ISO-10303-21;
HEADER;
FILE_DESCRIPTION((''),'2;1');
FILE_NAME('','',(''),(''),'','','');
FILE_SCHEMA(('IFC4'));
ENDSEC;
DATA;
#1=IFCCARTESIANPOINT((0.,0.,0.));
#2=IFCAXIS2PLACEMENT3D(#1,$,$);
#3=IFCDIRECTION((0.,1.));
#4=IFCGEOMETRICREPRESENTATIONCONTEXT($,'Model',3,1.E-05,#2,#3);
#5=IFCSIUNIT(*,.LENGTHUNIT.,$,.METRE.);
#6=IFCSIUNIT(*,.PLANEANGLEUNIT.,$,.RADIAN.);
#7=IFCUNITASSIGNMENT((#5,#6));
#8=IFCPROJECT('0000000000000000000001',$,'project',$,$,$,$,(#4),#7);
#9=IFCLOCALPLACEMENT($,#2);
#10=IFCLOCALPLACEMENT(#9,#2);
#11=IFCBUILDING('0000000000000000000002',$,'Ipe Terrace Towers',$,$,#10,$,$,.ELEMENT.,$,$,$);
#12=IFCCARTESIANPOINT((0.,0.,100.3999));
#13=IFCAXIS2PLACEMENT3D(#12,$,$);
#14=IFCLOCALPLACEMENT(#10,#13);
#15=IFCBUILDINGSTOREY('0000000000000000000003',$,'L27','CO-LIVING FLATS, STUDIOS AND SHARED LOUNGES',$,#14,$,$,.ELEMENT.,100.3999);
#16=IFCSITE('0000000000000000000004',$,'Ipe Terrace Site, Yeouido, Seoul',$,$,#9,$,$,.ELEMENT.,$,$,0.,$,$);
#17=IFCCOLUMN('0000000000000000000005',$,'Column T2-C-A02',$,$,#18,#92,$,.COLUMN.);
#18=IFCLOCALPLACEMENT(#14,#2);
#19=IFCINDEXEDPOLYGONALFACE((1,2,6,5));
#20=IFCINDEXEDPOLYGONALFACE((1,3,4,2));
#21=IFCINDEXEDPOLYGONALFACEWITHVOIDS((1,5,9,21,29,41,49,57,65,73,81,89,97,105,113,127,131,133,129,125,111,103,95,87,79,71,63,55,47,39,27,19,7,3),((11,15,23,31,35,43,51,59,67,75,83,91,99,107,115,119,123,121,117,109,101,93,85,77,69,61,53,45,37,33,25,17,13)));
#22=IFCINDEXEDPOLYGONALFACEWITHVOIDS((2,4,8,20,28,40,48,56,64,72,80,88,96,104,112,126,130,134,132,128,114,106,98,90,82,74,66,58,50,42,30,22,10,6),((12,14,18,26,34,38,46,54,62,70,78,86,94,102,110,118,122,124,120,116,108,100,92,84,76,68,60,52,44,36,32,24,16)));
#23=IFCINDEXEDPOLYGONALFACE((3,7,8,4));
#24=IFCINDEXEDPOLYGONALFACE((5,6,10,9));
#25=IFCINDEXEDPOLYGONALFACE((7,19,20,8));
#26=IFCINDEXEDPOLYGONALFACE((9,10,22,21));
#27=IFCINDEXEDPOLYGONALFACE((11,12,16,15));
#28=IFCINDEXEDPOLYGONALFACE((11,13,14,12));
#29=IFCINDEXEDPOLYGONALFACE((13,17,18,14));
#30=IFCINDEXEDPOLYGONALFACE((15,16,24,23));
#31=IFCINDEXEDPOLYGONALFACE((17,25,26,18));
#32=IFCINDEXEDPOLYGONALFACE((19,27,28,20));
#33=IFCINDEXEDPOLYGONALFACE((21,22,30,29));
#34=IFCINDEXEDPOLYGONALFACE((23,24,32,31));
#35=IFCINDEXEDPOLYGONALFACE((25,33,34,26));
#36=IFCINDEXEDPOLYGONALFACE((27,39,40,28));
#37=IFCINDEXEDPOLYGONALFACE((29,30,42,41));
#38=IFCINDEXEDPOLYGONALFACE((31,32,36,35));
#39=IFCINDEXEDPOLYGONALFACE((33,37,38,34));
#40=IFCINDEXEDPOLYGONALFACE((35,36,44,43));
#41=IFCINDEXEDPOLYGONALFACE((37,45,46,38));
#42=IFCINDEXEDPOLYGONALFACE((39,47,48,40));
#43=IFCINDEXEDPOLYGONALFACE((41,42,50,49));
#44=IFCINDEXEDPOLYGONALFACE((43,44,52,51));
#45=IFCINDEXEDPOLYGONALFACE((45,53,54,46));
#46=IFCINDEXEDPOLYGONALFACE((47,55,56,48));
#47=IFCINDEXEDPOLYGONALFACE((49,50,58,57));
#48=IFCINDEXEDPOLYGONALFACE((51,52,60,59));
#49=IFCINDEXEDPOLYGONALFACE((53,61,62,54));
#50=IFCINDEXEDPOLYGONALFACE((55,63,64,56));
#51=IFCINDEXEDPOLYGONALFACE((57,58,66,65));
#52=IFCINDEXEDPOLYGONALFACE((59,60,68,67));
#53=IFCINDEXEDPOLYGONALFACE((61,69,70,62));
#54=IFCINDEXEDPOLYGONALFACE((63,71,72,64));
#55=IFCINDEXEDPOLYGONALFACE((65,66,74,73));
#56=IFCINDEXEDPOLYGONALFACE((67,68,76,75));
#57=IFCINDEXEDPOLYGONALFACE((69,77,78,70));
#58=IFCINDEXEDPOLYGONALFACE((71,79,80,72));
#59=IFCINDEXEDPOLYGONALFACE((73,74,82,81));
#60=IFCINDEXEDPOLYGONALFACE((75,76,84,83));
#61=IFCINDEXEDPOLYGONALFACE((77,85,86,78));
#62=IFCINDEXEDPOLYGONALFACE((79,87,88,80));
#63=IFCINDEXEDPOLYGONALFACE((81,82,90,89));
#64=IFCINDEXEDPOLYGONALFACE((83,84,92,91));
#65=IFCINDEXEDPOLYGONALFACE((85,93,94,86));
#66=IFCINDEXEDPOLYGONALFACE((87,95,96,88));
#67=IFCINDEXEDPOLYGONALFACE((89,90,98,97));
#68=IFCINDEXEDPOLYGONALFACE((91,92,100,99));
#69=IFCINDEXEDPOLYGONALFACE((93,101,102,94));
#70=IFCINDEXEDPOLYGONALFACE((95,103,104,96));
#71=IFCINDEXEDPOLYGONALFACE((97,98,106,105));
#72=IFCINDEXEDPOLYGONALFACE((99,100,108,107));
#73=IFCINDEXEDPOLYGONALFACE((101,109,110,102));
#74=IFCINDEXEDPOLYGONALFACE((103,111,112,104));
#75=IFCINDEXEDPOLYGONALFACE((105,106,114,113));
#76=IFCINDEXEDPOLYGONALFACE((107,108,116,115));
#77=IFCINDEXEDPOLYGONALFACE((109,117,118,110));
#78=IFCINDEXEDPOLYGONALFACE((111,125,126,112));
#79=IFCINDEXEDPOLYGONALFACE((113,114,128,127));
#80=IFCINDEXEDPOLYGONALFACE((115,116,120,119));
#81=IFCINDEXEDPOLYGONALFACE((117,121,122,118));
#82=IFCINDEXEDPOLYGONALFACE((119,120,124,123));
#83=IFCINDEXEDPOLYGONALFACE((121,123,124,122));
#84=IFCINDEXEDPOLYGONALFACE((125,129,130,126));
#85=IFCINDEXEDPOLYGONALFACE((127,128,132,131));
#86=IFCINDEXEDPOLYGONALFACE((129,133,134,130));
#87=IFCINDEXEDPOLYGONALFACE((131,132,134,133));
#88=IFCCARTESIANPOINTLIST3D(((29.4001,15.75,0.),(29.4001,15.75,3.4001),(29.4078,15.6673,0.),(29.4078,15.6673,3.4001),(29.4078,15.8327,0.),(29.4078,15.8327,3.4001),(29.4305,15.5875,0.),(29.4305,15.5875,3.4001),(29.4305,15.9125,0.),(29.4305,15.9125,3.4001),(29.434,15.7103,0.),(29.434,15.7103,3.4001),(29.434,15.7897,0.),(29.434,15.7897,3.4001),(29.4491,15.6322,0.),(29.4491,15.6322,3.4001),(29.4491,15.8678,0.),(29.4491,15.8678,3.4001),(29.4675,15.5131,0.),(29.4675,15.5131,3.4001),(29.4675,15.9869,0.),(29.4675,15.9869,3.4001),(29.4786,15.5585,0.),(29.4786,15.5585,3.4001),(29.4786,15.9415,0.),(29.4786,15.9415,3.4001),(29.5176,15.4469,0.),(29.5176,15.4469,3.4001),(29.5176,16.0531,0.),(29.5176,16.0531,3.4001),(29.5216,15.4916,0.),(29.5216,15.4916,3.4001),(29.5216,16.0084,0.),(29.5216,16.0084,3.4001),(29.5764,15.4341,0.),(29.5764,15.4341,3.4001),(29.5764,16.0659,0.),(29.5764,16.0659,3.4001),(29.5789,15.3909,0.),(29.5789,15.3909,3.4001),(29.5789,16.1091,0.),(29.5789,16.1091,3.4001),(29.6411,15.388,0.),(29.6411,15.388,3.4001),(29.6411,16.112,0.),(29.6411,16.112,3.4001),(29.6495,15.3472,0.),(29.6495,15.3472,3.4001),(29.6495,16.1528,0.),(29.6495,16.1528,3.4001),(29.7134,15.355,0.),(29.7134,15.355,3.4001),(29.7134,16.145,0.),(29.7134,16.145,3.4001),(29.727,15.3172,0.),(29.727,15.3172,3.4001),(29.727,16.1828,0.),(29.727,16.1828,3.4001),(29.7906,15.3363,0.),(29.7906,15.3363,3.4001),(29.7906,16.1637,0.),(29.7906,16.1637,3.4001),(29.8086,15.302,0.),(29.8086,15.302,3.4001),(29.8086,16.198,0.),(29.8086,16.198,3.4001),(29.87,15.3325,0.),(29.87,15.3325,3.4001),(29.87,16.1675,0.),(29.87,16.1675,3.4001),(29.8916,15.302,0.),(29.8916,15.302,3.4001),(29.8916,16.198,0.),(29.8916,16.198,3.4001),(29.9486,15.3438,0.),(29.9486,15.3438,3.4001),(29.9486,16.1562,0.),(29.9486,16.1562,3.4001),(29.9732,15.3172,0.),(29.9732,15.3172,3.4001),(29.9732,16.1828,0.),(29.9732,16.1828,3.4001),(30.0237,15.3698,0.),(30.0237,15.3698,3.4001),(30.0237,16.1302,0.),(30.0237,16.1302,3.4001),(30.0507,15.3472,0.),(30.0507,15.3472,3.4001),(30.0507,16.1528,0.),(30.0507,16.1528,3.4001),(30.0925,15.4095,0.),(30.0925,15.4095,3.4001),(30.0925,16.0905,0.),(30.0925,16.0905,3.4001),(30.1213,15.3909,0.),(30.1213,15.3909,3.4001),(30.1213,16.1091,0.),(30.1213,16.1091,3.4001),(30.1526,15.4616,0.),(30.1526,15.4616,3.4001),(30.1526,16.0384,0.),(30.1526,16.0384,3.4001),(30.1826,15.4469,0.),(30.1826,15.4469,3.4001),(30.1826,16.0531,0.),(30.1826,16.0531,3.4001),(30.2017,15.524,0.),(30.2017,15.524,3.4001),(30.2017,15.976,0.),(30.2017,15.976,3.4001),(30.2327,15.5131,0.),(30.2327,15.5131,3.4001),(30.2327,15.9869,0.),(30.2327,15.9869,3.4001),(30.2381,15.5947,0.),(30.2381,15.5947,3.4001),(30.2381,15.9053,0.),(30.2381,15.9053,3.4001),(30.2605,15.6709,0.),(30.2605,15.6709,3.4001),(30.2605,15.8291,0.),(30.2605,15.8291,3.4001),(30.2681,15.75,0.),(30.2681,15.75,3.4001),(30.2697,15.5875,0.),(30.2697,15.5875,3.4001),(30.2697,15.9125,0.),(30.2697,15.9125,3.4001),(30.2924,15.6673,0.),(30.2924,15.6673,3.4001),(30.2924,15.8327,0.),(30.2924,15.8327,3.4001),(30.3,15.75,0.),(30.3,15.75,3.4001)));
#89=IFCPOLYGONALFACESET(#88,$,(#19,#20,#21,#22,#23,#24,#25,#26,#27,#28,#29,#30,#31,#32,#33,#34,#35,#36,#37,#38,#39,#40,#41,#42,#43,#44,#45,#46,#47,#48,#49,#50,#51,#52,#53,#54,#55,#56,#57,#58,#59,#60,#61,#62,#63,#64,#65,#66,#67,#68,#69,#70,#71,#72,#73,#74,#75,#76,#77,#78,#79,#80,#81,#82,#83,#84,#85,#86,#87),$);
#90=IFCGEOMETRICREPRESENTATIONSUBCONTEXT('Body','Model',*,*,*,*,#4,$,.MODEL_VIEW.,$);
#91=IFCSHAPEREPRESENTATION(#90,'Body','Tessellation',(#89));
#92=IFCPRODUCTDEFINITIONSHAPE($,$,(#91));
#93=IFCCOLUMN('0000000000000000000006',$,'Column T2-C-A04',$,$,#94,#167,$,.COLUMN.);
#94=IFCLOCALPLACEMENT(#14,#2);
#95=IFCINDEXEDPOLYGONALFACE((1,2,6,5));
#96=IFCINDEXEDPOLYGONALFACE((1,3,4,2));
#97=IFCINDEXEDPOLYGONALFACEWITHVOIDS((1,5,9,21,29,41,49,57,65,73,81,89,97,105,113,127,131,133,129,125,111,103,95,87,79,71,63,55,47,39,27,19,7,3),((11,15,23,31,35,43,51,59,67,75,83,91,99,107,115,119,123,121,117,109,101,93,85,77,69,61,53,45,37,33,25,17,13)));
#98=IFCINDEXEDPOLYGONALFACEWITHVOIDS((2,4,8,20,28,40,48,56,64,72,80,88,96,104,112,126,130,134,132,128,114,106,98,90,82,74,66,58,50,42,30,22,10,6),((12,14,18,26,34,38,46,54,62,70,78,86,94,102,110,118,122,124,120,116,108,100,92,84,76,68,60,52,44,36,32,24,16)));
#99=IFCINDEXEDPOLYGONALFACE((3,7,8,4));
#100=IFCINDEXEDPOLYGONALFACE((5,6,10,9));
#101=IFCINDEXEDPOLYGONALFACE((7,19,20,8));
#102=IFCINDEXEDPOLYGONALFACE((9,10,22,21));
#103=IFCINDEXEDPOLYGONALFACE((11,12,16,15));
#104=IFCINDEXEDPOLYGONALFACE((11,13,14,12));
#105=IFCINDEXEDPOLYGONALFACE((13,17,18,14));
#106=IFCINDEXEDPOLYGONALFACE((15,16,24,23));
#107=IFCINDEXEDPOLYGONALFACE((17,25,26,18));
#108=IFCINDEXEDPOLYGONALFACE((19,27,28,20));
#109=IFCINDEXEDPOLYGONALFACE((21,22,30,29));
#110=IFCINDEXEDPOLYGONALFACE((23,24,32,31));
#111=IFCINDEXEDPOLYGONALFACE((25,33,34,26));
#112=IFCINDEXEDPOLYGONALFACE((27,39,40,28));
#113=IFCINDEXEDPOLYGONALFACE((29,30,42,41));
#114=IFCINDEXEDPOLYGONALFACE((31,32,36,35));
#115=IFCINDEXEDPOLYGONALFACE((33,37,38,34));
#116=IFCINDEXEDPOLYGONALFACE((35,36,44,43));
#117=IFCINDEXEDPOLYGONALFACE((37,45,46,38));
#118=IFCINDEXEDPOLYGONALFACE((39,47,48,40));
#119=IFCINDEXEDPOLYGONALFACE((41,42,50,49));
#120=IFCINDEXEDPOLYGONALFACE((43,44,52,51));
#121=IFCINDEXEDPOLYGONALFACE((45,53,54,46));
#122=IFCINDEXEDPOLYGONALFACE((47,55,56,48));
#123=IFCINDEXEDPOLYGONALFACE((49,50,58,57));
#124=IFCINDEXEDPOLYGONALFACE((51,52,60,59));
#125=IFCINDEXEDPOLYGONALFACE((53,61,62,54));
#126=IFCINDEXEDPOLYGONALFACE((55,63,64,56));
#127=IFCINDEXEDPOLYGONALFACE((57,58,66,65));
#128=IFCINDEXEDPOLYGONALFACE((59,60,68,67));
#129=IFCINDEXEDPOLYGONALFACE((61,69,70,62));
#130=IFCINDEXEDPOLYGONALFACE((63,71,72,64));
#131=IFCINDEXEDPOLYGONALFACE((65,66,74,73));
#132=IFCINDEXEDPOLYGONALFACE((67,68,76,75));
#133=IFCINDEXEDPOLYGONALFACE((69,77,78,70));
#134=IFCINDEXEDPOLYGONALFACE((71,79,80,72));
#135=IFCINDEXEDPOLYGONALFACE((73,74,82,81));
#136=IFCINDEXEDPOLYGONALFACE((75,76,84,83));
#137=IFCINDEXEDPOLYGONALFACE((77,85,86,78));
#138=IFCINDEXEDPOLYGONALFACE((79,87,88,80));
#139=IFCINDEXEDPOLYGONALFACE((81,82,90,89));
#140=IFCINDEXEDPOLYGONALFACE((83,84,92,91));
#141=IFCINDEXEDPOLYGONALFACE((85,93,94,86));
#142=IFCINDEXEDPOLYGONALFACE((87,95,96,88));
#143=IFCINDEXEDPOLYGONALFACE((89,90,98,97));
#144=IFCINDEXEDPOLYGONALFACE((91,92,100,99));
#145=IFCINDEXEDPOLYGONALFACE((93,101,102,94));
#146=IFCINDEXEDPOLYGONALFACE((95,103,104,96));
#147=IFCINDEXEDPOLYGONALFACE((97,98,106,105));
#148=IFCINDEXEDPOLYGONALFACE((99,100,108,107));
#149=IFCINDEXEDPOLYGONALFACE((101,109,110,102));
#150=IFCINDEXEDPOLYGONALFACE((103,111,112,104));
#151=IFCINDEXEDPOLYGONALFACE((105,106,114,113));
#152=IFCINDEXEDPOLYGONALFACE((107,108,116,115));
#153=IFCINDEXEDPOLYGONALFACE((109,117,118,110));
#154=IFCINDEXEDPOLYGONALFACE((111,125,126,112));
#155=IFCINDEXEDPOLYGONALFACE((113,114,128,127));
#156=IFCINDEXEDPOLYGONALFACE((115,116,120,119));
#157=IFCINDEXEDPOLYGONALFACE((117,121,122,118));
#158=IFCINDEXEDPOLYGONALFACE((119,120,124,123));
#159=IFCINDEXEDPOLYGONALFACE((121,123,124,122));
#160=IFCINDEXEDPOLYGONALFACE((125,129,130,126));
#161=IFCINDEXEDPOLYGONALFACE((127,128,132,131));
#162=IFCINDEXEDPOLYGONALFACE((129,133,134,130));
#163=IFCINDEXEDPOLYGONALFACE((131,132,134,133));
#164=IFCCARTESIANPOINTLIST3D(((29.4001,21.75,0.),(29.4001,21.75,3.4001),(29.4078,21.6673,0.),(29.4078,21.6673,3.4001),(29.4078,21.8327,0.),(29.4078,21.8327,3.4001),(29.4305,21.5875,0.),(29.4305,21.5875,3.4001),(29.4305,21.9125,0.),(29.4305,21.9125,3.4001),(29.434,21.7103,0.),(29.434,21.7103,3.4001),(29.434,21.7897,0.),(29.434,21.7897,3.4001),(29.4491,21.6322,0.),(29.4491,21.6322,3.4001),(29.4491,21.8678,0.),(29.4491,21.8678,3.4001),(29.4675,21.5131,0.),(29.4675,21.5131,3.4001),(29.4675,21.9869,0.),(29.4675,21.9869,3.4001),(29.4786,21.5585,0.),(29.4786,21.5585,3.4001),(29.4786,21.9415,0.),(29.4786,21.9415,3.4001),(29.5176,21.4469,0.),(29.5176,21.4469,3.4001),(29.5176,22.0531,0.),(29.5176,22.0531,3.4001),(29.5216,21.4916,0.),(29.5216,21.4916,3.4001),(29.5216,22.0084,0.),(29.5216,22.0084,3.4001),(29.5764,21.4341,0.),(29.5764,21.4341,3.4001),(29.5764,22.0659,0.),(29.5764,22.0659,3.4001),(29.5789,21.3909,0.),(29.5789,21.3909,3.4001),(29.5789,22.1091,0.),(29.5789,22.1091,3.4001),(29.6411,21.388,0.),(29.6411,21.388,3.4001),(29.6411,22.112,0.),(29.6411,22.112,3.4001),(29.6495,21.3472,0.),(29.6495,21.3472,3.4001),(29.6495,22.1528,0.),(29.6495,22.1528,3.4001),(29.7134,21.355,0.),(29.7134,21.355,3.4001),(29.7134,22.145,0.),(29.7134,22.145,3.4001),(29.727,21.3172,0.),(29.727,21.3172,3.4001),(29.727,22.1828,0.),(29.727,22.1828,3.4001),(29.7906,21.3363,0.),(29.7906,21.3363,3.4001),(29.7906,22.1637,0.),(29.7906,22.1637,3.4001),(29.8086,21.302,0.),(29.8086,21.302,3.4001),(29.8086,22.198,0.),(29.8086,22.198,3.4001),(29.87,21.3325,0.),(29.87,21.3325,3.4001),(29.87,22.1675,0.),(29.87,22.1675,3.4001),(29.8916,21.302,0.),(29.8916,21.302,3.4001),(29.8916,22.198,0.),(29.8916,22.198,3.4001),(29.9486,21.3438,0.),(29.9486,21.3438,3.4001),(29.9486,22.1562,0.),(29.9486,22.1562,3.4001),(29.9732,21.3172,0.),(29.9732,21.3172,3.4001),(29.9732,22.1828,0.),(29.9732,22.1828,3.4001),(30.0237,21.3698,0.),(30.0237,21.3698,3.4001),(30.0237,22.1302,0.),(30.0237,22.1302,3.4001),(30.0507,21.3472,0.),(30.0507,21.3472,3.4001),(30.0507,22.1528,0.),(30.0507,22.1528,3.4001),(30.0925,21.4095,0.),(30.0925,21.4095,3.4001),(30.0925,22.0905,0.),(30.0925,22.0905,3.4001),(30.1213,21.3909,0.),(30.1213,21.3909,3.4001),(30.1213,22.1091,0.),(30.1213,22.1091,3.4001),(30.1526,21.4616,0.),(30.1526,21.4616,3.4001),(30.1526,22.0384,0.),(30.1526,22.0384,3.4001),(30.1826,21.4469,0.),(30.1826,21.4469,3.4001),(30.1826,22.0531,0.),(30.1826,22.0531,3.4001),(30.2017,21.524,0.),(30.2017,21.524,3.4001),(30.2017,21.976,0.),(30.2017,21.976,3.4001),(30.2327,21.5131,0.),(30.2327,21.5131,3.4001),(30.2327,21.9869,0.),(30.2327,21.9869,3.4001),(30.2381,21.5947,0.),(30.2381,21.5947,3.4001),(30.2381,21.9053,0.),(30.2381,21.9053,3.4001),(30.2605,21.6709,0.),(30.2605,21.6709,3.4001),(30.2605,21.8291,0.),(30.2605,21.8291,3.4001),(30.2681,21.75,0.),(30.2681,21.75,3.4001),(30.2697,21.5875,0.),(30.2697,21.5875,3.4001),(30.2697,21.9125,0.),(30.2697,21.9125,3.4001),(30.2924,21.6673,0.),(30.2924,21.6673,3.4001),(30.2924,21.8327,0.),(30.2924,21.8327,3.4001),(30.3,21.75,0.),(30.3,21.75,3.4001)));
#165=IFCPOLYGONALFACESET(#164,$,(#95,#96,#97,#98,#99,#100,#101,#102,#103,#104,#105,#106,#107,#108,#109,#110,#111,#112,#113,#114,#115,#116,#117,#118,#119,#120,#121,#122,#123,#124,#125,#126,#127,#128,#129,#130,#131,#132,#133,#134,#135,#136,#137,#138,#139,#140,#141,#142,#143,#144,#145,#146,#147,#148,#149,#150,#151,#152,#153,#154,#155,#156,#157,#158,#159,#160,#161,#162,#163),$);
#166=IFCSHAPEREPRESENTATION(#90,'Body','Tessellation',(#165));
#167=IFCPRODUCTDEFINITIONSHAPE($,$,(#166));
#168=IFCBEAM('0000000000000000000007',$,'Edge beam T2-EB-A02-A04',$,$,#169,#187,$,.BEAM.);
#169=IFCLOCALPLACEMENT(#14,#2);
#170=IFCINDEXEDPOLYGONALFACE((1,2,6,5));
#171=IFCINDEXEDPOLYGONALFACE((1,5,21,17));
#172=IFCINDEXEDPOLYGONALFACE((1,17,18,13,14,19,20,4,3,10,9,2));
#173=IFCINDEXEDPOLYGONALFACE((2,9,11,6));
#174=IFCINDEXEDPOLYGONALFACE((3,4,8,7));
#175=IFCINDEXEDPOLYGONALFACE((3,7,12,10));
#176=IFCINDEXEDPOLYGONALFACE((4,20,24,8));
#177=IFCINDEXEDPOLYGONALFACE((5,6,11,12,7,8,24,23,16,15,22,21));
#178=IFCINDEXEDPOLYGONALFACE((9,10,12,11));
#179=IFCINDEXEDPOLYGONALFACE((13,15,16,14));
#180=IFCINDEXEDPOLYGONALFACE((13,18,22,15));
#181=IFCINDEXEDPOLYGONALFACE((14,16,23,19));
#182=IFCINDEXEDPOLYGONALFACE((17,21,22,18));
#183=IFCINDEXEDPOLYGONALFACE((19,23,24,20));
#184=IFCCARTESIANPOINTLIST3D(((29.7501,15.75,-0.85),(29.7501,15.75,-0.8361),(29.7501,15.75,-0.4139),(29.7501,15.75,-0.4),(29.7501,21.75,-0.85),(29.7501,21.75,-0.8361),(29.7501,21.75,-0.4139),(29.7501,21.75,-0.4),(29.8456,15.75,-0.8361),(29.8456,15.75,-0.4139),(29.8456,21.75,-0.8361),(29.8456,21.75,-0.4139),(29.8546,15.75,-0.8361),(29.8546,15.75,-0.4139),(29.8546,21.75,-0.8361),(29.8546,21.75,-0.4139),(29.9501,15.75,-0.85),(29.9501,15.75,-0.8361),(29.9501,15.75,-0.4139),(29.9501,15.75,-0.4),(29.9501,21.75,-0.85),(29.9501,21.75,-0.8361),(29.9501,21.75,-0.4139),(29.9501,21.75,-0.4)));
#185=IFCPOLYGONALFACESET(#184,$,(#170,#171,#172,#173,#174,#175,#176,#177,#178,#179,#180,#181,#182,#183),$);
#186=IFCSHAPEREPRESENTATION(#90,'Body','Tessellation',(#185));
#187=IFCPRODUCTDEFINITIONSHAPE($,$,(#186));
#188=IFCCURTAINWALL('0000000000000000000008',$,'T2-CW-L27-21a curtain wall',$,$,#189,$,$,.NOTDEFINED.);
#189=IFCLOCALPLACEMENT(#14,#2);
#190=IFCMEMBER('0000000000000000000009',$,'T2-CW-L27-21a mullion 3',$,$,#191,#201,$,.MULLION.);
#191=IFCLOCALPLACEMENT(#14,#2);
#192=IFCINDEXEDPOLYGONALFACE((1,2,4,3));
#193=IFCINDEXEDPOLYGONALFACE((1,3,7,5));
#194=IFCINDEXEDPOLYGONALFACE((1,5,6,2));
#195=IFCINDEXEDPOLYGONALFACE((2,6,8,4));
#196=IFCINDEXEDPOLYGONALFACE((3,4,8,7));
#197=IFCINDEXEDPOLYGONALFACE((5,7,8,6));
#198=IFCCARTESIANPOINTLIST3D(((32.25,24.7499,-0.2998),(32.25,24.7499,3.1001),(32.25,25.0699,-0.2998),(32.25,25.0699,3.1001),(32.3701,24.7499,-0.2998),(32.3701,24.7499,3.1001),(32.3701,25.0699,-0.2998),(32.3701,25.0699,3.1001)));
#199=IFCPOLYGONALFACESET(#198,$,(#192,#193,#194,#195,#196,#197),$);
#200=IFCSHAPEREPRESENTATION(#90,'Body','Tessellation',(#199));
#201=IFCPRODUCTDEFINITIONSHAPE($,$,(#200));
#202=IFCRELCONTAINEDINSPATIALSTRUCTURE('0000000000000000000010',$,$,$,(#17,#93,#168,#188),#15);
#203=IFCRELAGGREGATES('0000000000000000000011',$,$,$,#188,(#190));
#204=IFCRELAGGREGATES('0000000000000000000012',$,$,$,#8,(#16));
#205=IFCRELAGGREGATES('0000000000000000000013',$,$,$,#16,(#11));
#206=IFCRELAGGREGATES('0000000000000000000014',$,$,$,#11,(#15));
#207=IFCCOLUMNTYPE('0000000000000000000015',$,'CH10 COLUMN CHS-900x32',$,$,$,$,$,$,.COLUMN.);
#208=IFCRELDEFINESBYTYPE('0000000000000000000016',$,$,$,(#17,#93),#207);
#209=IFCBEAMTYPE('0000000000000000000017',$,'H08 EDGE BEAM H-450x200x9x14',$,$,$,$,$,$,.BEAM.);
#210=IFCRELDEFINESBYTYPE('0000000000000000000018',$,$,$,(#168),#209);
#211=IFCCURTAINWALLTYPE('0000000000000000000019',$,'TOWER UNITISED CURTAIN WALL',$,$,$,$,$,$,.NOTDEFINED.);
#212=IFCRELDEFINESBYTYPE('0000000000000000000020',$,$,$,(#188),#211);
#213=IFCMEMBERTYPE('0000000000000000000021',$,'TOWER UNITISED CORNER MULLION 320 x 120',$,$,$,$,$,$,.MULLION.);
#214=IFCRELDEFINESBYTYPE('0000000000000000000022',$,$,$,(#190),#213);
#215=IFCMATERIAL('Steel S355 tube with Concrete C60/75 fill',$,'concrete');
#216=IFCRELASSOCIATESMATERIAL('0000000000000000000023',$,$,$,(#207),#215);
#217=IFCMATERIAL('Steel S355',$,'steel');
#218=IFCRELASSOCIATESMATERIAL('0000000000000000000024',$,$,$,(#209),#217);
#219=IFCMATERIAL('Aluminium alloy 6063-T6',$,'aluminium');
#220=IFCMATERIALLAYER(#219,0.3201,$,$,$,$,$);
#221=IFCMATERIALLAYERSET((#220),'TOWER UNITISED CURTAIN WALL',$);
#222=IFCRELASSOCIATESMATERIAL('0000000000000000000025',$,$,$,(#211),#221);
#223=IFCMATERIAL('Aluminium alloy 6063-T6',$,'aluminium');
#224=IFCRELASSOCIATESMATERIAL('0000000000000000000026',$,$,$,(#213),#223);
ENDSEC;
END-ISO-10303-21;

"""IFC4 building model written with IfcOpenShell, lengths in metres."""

from ifc_helpers import new_model, si_unit, direction, frame, origin, origin_2d, place, context, subcontext, project, spatial, rectangle, hollow_circle, i_section, extrude, material, layer, layer_set, material_profile, profile_set, type_object, element, aggregate, save


model = new_model("IFC4")

# Units and contexts
model_context = context("Model", 3, precision=1e-05, world=origin(), true_north=direction((0.0, 1.0)))
body_context = subcontext(model_context, "Body", "Model", "MODEL_VIEW")
ifc_project = project(units=[si_unit("LENGTHUNIT", "METRE"), si_unit("PLANEANGLEUNIT", "RADIAN")], contexts=[model_context])

# Site, building, storey
site_placement = place(None, origin())
site = spatial("IfcSite", under=ifc_project, at=site_placement, Name="Ipe Terrace Site, Yeouido, Seoul", CompositionType="ELEMENT", RefElevation=0.0)
building_placement = place(site_placement, origin())
building = spatial("IfcBuilding", under=site, at=building_placement, Name="Ipe Terrace Towers", CompositionType="ELEMENT")
storey_placement = place(building_placement, frame((0.0, 0.0, 100.3999)))
storey = spatial("IfcBuildingStorey", under=building, at=storey_placement, Name="L27", Description="CO-LIVING FLATS, STUDIOS AND SHARED LOUNGES", CompositionType="ELEMENT", Elevation=100.3999)

# Columns
ifc_material_1 = material(Name="Steel S355 tube with Concrete C60/75 fill", Category="concrete")
ifc_material_profile_1 = material_profile(ifc_material_1, hollow_circle(Radius=0.45, WallThickness=0.032, at=origin_2d()), Name="CHS-900x32")
ifc_profile_set_1 = profile_set([ifc_material_profile_1], Name="Steel S355 tube with Concrete C60/75 fill")
column_type = type_object("IfcColumnType", Name="CH10 COLUMN CHS-900x32", PredefinedType="COLUMN", material=ifc_profile_set_1)
for number, where, z_axis, x_axis, name in (
    (1, (29.8501, 15.75, 0.0), (0.0, 0.0, 1.0), (1.0, 0.0, 0.0), "Column T2-C-A02"),
    (2, (29.8501, 21.75, 0.0), (0.0, 0.0, 1.0), (1.0, 0.0, 0.0), "Column T2-C-A04"),
):
    element("IfcColumn", number, at=place(storey_placement, frame(where, z_axis=z_axis, x_axis=x_axis)), inside=storey, type_object=column_type, Name=name, PredefinedType="COLUMN", context=body_context, shape_type="SweptSolid", body=[
        extrude(hollow_circle(Radius=0.45, WallThickness=0.032, at=origin_2d()), origin(), (0.0, 0.0, 1.0), 3.4001),
    ])

# Beam
ifc_material_2 = material(Name="Steel S355", Category="steel")
ifc_material_profile_2 = material_profile(ifc_material_2, i_section(OverallWidth=0.2, OverallDepth=0.45, WebThickness=0.009, FlangeThickness=0.0139, at=origin_2d()), Name="H-450x200x9x14")
ifc_profile_set_2 = profile_set([ifc_material_profile_2], Name="Steel S355")
beam_type = type_object("IfcBeamType", Name="H08 EDGE BEAM H-450x200x9x14", PredefinedType="BEAM", material=ifc_profile_set_2)
beam_placement = place(storey_placement, frame((29.8501, 15.75, -0.625), z_axis=(0.0, 1.0, 0.0), x_axis=(-1.0, 0.0, 0.0)))
element("IfcBeam", 3, at=beam_placement, inside=storey, type_object=beam_type, Name="Edge beam T2-EB-A02-A04", PredefinedType="BEAM", context=body_context, shape_type="SweptSolid", body=[
    extrude(i_section(OverallWidth=0.2, OverallDepth=0.45, WebThickness=0.009, FlangeThickness=0.0139, at=origin_2d()), origin(), (0.0, 0.0, 1.0), 6.0),
])

# Curtain wall, member
ifc_material_3 = material(Name="Aluminium alloy 6063-T6", Category="aluminium")
ifc_layer_1 = layer(ifc_material_3, 0.3201)
ifc_layer_set_1 = layer_set([ifc_layer_1], Name="TOWER UNITISED CURTAIN WALL")
curtain_wall_type = type_object("IfcCurtainWallType", Name="TOWER UNITISED CURTAIN WALL", PredefinedType="NOTDEFINED", material=ifc_layer_set_1)
curtain_wall_1_placement = place(storey_placement, origin())
curtain_wall_1 = element("IfcCurtainWall", 4, at=curtain_wall_1_placement, inside=storey, type_object=curtain_wall_type, Name="T2-CW-L27-21a curtain wall", PredefinedType="NOTDEFINED")
ifc_material_4 = material(Name="Aluminium alloy 6063-T6", Category="aluminium")
ifc_material_profile_3 = material_profile(ifc_material_4, rectangle(XDim=0.3201, YDim=0.1201, at=origin_2d()), Name="TOWER UNITISED CORNER MULLION 320 x 120")
ifc_profile_set_3 = profile_set([ifc_material_profile_3], Name="Aluminium alloy 6063-T6")
member_type = type_object("IfcMemberType", Name="TOWER UNITISED CORNER MULLION 320 x 120", PredefinedType="MULLION", material=ifc_profile_set_3)
member_1_placement = place(storey_placement, frame((32.3101, 24.9099, -0.2998), z_axis=(0.0, 0.0, 1.0), x_axis=(0.0, 1.0, 0.0)))
member_1 = element("IfcMember", 5, at=member_1_placement, type_object=member_type, Name="T2-CW-L27-21a mullion 3", PredefinedType="MULLION", context=body_context, shape_type="SweptSolid", body=[
    extrude(rectangle(XDim=0.3201, YDim=0.1201, at=origin_2d()), origin(), (0.0, 0.0, 1.0), 3.3999),
])

aggregate(curtain_wall_1, [member_1])

save(model, "model.ifc")
